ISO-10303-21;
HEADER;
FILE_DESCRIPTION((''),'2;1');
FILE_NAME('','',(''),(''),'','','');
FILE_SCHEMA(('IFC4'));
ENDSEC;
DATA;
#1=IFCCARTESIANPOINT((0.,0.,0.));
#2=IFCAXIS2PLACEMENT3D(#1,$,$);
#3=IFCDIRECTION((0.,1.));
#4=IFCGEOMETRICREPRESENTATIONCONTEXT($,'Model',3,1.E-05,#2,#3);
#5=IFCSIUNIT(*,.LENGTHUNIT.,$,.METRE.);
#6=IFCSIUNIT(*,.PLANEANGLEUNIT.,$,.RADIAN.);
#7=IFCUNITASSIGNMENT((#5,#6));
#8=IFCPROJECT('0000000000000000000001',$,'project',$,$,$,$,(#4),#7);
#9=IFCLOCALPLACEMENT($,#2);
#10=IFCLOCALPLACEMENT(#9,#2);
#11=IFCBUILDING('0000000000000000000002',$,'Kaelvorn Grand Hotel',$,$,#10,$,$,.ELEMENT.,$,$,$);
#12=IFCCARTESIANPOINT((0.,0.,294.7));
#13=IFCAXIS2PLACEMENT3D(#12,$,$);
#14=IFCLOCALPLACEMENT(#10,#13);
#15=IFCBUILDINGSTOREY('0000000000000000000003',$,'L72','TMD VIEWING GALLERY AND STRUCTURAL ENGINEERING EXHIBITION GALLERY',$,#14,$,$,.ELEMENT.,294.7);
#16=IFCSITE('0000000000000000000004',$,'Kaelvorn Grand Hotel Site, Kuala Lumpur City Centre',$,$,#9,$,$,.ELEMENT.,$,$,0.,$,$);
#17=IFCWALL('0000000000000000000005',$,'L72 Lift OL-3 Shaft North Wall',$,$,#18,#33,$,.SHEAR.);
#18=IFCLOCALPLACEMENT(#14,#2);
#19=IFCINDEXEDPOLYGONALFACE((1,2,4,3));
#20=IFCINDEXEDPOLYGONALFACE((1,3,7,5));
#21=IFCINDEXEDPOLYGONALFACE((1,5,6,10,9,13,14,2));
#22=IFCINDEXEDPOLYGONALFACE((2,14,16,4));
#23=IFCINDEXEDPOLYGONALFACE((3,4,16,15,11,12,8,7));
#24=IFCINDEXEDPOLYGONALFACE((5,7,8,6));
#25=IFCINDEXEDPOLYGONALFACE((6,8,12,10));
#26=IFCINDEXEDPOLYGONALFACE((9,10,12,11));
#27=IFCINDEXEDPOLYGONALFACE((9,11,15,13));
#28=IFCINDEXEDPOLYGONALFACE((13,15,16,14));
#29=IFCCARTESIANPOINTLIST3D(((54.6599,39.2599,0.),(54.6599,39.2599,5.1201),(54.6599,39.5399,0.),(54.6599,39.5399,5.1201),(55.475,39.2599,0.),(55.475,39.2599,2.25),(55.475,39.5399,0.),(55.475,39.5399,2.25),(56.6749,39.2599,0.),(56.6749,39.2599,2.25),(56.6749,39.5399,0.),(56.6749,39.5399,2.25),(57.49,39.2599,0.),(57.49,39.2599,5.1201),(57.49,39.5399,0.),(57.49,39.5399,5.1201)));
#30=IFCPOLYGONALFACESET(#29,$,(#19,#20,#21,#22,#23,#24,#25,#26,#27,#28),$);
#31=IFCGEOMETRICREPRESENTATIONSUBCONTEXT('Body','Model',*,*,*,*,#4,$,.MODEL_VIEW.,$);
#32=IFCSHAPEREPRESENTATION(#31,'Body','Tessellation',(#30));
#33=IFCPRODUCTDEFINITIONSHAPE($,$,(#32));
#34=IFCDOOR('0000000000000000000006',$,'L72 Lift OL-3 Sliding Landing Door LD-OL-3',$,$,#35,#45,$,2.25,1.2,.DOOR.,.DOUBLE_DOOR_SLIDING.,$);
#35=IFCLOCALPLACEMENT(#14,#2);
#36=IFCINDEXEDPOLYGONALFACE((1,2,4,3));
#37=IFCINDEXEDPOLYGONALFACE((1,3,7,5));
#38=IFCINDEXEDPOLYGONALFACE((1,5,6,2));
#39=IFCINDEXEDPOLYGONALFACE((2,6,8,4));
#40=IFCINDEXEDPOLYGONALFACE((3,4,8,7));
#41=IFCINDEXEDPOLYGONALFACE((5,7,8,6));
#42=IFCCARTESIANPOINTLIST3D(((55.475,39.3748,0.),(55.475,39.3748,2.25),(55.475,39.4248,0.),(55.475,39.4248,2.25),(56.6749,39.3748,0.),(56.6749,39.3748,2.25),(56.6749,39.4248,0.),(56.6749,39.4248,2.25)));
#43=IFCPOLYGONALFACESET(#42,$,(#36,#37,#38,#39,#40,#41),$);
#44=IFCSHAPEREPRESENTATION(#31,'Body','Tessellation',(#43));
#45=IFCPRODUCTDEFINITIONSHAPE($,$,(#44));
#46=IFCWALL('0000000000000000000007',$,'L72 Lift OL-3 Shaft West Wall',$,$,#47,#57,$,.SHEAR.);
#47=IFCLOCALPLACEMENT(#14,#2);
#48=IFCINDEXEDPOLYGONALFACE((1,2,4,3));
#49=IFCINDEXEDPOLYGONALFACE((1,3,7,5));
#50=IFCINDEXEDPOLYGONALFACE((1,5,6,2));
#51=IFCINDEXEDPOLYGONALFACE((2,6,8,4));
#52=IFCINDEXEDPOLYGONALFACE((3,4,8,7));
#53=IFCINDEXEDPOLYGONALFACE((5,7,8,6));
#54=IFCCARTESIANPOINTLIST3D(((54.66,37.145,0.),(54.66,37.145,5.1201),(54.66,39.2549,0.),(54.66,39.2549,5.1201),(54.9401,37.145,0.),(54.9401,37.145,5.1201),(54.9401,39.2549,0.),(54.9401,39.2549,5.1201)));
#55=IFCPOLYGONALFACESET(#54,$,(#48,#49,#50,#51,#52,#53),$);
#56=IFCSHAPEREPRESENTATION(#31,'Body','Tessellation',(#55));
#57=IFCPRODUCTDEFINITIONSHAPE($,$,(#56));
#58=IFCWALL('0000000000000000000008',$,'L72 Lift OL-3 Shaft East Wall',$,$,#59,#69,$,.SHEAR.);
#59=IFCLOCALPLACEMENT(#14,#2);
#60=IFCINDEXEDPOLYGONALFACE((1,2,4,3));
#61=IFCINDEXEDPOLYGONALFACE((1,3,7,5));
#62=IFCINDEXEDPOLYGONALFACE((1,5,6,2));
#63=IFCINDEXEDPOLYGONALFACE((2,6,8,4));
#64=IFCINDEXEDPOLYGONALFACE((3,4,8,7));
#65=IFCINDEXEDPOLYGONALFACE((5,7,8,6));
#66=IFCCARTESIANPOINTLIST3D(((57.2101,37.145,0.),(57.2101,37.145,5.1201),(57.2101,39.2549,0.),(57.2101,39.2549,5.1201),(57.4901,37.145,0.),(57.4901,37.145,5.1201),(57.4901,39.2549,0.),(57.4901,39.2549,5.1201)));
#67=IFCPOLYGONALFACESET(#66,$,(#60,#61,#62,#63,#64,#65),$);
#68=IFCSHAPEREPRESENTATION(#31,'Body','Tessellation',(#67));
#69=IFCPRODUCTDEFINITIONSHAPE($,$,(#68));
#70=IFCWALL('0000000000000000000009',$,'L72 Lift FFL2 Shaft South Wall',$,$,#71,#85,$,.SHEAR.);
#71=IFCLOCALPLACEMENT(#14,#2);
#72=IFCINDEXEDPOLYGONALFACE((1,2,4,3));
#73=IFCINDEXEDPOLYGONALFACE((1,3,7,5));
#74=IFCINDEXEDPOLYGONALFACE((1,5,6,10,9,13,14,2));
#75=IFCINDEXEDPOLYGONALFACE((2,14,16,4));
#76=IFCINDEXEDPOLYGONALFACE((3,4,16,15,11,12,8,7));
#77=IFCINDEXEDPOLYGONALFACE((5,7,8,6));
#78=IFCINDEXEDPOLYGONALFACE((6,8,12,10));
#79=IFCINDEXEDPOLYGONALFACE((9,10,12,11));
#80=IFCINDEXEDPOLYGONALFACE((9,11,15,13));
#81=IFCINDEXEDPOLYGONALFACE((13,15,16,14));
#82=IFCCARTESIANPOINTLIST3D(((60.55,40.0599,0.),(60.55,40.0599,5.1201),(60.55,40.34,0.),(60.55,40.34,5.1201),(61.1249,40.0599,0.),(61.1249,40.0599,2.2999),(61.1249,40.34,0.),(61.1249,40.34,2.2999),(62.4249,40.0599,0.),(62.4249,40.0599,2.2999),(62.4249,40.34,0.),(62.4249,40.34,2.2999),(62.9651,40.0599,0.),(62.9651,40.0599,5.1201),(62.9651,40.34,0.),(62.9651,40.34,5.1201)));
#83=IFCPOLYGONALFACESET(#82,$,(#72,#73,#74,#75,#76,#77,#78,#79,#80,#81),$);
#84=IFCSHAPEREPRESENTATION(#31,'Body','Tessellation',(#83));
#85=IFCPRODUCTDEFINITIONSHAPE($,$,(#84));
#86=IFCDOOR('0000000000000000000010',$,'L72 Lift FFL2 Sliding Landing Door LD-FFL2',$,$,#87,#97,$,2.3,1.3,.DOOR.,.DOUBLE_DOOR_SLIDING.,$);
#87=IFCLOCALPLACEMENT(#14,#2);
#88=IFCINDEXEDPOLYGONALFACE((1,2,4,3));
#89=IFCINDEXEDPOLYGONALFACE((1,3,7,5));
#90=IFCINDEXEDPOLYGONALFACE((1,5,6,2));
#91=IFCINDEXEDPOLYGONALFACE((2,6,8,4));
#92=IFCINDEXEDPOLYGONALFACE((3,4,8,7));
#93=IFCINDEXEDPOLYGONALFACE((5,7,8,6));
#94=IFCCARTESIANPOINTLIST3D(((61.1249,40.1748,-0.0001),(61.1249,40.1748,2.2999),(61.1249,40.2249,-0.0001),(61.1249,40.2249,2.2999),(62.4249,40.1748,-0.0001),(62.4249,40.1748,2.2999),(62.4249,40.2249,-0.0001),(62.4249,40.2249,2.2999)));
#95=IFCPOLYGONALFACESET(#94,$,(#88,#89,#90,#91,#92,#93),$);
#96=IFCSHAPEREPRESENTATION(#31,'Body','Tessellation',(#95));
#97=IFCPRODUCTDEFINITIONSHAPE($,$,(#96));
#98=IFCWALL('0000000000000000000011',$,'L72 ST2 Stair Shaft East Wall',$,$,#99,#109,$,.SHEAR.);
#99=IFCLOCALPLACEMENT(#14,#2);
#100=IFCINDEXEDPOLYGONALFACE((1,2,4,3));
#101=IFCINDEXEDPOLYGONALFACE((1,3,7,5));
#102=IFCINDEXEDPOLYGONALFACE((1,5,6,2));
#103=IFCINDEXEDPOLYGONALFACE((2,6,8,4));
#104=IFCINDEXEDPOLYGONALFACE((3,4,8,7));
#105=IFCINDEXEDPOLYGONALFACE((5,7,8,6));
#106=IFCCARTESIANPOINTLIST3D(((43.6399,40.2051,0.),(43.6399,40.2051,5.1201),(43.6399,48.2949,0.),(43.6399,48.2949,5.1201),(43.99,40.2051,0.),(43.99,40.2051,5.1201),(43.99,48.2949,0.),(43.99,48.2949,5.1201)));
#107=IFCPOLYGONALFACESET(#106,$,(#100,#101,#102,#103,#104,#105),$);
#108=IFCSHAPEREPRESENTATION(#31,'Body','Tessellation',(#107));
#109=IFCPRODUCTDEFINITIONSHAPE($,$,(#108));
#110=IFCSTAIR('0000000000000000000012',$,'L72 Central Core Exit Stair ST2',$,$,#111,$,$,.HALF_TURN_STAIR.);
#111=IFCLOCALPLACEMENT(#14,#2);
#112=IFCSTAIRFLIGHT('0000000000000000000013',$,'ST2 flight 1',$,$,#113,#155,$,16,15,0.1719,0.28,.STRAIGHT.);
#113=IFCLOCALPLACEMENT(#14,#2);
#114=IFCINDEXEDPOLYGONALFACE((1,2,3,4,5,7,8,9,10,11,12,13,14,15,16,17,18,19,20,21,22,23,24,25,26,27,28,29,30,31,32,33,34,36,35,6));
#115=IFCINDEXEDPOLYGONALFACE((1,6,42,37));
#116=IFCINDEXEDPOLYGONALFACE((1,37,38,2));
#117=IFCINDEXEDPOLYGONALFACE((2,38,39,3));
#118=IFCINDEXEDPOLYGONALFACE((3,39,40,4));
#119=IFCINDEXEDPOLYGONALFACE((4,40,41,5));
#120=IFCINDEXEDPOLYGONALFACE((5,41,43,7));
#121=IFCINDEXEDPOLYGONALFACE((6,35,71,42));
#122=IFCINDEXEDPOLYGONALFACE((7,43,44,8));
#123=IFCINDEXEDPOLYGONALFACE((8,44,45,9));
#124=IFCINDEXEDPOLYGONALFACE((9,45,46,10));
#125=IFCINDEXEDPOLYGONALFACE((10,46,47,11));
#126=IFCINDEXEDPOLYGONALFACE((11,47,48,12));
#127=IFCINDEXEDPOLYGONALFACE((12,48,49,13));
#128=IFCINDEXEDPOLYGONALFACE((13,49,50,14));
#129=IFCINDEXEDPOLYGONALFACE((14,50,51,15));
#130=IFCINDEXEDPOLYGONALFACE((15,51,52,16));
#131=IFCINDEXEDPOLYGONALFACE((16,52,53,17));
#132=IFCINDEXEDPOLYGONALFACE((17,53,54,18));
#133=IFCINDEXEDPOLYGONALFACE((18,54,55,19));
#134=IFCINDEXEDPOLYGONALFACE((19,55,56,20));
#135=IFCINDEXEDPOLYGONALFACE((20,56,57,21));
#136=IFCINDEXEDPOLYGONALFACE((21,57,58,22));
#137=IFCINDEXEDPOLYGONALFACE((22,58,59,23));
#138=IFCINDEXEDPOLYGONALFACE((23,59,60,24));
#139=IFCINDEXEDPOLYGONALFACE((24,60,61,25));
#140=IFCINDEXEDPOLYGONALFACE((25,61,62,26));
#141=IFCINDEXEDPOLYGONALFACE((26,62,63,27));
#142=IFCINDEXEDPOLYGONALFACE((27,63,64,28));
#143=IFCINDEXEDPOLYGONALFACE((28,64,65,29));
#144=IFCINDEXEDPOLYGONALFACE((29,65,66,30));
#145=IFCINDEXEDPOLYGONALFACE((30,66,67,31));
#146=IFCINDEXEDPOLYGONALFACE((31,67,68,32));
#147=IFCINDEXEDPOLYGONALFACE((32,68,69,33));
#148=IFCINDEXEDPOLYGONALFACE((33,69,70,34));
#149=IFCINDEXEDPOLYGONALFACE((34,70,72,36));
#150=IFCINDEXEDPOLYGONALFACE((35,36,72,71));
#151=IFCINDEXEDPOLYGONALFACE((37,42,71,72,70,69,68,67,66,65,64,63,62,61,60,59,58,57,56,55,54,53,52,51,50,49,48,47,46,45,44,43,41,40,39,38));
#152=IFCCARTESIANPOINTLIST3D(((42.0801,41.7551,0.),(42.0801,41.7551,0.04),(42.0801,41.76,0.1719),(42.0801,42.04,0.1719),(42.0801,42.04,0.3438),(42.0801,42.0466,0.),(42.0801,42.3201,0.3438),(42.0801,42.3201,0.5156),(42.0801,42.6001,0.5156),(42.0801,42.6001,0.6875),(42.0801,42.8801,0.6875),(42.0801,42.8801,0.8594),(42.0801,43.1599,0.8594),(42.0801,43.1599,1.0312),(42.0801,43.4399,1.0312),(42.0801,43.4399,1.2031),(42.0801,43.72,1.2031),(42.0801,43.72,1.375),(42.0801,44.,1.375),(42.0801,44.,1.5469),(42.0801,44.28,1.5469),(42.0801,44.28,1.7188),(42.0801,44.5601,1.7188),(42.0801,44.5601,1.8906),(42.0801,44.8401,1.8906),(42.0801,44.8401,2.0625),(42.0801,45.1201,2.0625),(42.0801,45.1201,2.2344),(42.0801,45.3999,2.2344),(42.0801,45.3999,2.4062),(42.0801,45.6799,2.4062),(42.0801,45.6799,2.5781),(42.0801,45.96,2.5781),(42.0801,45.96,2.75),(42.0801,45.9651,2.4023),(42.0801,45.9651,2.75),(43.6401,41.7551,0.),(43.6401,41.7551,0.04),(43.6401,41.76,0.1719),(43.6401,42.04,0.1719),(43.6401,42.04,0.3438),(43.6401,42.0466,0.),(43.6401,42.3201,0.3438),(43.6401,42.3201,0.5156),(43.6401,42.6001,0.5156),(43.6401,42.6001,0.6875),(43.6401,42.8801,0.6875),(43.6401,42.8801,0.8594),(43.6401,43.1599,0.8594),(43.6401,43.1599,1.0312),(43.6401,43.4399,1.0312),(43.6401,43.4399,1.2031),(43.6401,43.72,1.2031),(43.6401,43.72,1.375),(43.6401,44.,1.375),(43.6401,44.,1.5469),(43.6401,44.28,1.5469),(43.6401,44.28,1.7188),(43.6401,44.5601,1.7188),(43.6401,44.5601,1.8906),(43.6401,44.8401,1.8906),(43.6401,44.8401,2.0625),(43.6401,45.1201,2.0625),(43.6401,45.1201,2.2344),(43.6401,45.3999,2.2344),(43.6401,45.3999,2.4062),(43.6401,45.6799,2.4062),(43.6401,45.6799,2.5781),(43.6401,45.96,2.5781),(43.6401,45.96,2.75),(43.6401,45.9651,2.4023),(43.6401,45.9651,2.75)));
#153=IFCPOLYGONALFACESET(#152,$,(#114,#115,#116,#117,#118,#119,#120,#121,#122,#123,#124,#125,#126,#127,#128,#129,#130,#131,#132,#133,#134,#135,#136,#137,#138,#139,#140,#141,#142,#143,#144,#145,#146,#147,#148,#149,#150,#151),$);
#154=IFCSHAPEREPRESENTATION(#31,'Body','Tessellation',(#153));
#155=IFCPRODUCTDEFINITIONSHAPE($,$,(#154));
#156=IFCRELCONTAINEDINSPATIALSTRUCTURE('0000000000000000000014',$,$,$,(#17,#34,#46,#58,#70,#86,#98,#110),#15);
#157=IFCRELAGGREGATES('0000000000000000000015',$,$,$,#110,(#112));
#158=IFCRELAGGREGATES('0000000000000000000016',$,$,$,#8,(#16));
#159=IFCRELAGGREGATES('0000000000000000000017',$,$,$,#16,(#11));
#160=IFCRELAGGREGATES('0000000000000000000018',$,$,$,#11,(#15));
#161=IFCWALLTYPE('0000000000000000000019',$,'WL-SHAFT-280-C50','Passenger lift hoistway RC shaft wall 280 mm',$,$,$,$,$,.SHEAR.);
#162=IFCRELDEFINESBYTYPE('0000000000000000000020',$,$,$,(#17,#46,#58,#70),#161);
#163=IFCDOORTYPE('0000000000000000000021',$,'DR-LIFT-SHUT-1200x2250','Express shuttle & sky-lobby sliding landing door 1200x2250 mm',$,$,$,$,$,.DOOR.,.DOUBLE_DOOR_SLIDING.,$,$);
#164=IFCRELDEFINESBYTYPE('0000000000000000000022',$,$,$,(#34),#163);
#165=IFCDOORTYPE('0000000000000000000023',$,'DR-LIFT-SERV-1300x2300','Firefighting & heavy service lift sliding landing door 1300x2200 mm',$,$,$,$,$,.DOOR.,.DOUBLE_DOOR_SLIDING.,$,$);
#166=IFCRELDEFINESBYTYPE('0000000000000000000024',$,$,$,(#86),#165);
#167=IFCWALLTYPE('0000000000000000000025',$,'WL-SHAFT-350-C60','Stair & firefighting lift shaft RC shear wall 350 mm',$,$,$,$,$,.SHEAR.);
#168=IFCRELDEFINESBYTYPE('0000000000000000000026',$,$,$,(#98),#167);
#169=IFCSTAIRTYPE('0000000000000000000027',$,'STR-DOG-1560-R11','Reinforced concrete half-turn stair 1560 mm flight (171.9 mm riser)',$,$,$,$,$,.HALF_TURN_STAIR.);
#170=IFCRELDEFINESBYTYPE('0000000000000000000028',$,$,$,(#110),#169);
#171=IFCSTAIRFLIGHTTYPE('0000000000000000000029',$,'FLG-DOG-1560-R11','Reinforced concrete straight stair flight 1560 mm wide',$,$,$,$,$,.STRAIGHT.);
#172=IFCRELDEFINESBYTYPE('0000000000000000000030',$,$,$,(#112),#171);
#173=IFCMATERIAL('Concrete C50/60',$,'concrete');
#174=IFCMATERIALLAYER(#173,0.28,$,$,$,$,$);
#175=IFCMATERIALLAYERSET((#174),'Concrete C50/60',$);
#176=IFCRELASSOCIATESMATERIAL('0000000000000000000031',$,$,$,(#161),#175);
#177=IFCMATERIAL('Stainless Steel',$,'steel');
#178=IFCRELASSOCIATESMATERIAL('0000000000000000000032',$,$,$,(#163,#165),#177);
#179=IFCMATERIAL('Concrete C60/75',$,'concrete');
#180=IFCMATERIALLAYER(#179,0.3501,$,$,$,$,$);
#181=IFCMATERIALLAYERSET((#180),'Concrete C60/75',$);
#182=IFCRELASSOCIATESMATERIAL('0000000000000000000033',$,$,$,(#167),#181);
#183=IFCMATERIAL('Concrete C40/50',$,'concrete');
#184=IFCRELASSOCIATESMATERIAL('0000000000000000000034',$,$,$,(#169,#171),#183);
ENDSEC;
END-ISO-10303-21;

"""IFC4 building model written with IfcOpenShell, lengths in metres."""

from ifc_helpers import new_model, si_unit, direction, frame, frame_2d, origin, place, context, subcontext, project, spatial, polyline, rectangle, outline, extrude, material, layer, layer_set, type_object, element, fill, aggregate, save


model = new_model("IFC4")

# Units and contexts
model_context = context("Model", 3, precision=1e-05, world=origin(), true_north=direction((0.0, 1.0)))
body_context = subcontext(model_context, "Body", "Model", "MODEL_VIEW")
ifc_project = project(units=[si_unit("LENGTHUNIT", "METRE"), si_unit("PLANEANGLEUNIT", "RADIAN")], contexts=[model_context])

# Site, building, storey
site_placement = place(None, origin())
site = spatial("IfcSite", under=ifc_project, at=site_placement, Name="Kaelvorn Grand Hotel Site, Kuala Lumpur City Centre", CompositionType="ELEMENT", RefElevation=0.0)
building_placement = place(site_placement, origin())
building = spatial("IfcBuilding", under=site, at=building_placement, Name="Kaelvorn Grand Hotel", CompositionType="ELEMENT")
storey_placement = place(building_placement, frame((0.0, 0.0, 294.7)))
storey = spatial("IfcBuildingStorey", under=building, at=storey_placement, Name="L72", Description="TMD VIEWING GALLERY AND STRUCTURAL ENGINEERING EXHIBITION GALLERY", CompositionType="ELEMENT", Elevation=294.7)

# Shared definitions
ifc_material_1 = material(Name="Concrete C50/60", Category="concrete")

# Shared definitions
ifc_material_2 = material(Name="Concrete C40/50", Category="concrete")

# Wall, opening, door
ifc_layer_1 = layer(ifc_material_1, 0.28)
ifc_layer_set_1 = layer_set([ifc_layer_1], Name="Concrete C50/60")
wall_type_1 = type_object("IfcWallType", Name="WL-SHAFT-280-C50", Description="Passenger lift hoistway RC shaft wall 280 mm", PredefinedType="SHEAR", material=ifc_layer_set_1)
wall_1_placement = place(storey_placement, frame((54.6599, 39.3999, 0.0), z_axis=(0.0, 0.0, 1.0), x_axis=(1.0, 0.0, 0.0)))
wall_1 = element("IfcWall", 1, at=wall_1_placement, inside=storey, type_object=wall_type_1, Name="L72 Lift OL-3 Shaft North Wall", PredefinedType="SHEAR", context=body_context, shape_type="SweptSolid", body=[
    extrude(rectangle(XDim=2.8301, YDim=0.28, at=frame_2d((1.415, 0.0))), origin(), (0.0, 0.0, 1.0), 5.1201),
])
opening_1_placement = place(wall_1_placement, frame((0.8149, 0.0, 0.0)))
opening_1 = element("IfcOpeningElement", 2, at=opening_1_placement, cuts=wall_1, PredefinedType="OPENING", context=body_context, shape_type="SweptSolid", body=[
    extrude(rectangle(XDim=1.2, YDim=2.25, at=frame_2d((0.6001, 1.125))), frame((0.0, 0.1499, 0.0), z_axis=(0.0, -1.0, 0.0), x_axis=(1.0, 0.0, 0.0)), (0.0, 0.0, 1.0), 0.3),
])
ifc_material_3 = material(Name="Stainless Steel", Category="steel")
door_type_1 = type_object("IfcDoorType", Name="DR-LIFT-SHUT-1200x2250", Description="Express shuttle & sky-lobby sliding landing door 1200x2250 mm", OperationType="DOUBLE_DOOR_SLIDING", PredefinedType="DOOR", material=ifc_material_3)
door_1_placement = place(opening_1_placement, origin())
door_1 = element("IfcDoor", 3, at=door_1_placement, inside=storey, type_object=door_type_1, Name="L72 Lift OL-3 Sliding Landing Door LD-OL-3", OperationType="DOUBLE_DOOR_SLIDING", OverallHeight=2.25, OverallWidth=1.2, PredefinedType="DOOR", context=body_context, shape_type="SweptSolid", body=[
    extrude(rectangle(XDim=1.2, YDim=2.25, at=frame_2d((0.6001, 1.125))), frame((0.0, 0.0249, 0.0), z_axis=(0.0, -1.0, 0.0), x_axis=(1.0, 0.0, 0.0)), (0.0, 0.0, 1.0), 0.05),
])
fill(opening_1, door_1)

# Walls
for number, where, z_axis, x_axis, name in (
    (4, (54.8, 37.145, 0.0), (0.0, 0.0, 1.0), (0.0, 1.0, 0.0), "L72 Lift OL-3 Shaft West Wall"),
    (5, (57.3501, 37.145, 0.0), (0.0, 0.0, 1.0), (0.0, 1.0, 0.0), "L72 Lift OL-3 Shaft East Wall"),
):
    element("IfcWall", number, at=place(storey_placement, frame(where, z_axis=z_axis, x_axis=x_axis)), inside=storey, type_object=wall_type_1, Name=name, PredefinedType="SHEAR", context=body_context, shape_type="SweptSolid", body=[
        extrude(rectangle(XDim=2.1099, YDim=0.28, at=frame_2d((1.0549, 0.0))), origin(), (0.0, 0.0, 1.0), 5.1201),
    ])

# Wall, opening, door
wall_2_placement = place(storey_placement, frame((60.55, 40.2, 0.0), z_axis=(0.0, 0.0, 1.0), x_axis=(1.0, 0.0, 0.0)))
wall_2 = element("IfcWall", 6, at=wall_2_placement, inside=storey, type_object=wall_type_1, Name="L72 Lift FFL2 Shaft South Wall", PredefinedType="SHEAR", context=body_context, shape_type="SweptSolid", body=[
    extrude(rectangle(XDim=2.415, YDim=0.28, at=frame_2d((1.2075, 0.0))), origin(), (0.0, 0.0, 1.0), 5.1201),
])
opening_2_placement = place(wall_2_placement, frame((0.575, 0.0, 0.0)))
opening_2 = element("IfcOpeningElement", 7, at=opening_2_placement, cuts=wall_2, PredefinedType="OPENING", context=body_context, shape_type="SweptSolid", body=[
    extrude(rectangle(XDim=1.3, YDim=2.3, at=frame_2d((0.6499, 1.1499))), frame((0.0, 0.1499, 0.0), z_axis=(0.0, -1.0, 0.0), x_axis=(1.0, 0.0, 0.0)), (0.0, 0.0, 1.0), 0.3),
])
door_type_2 = type_object("IfcDoorType", Name="DR-LIFT-SERV-1300x2300", Description="Firefighting & heavy service lift sliding landing door 1300x2200 mm", OperationType="DOUBLE_DOOR_SLIDING", PredefinedType="DOOR", material=ifc_material_3)
door_2_placement = place(opening_2_placement, origin())
door_2 = element("IfcDoor", 8, at=door_2_placement, inside=storey, type_object=door_type_2, Name="L72 Lift FFL2 Sliding Landing Door LD-FFL2", OperationType="DOUBLE_DOOR_SLIDING", OverallHeight=2.3, OverallWidth=1.3, PredefinedType="DOOR", context=body_context, shape_type="SweptSolid", body=[
    extrude(rectangle(XDim=1.3, YDim=2.3, at=frame_2d((0.6499, 1.1499))), frame((0.0, 0.0249, 0.0), z_axis=(0.0, -1.0, 0.0), x_axis=(1.0, 0.0, 0.0)), (0.0, 0.0, 1.0), 0.05),
])
fill(opening_2, door_2)

# Wall
ifc_material_4 = material(Name="Concrete C60/75", Category="concrete")
ifc_layer_2 = layer(ifc_material_4, 0.3501)
ifc_layer_set_2 = layer_set([ifc_layer_2], Name="Concrete C60/75")
wall_type_2 = type_object("IfcWallType", Name="WL-SHAFT-350-C60", Description="Stair & firefighting lift shaft RC shear wall 350 mm", PredefinedType="SHEAR", material=ifc_layer_set_2)
wall_3_placement = place(storey_placement, frame((43.8149, 40.2051, 0.0), z_axis=(0.0, 0.0, 1.0), x_axis=(0.0, 1.0, 0.0)))
element("IfcWall", 9, at=wall_3_placement, inside=storey, type_object=wall_type_2, Name="L72 ST2 Stair Shaft East Wall", PredefinedType="SHEAR", context=body_context, shape_type="SweptSolid", body=[
    extrude(rectangle(XDim=8.0898, YDim=0.3501, at=frame_2d((4.0449, 0.0))), origin(), (0.0, 0.0, 1.0), 5.1201),
])

# Stair, stair flight
stair_type = type_object("IfcStairType", Name="STR-DOG-1560-R11", Description="Reinforced concrete half-turn stair 1560 mm flight (171.9 mm riser)", PredefinedType="HALF_TURN_STAIR", material=ifc_material_2)
stair_placement = place(storey_placement, origin())
stair = element("IfcStair", 10, at=stair_placement, inside=storey, type_object=stair_type, Name="L72 Central Core Exit Stair ST2", PredefinedType="HALF_TURN_STAIR")
stair_flight_type = type_object("IfcStairFlightType", Name="FLG-DOG-1560-R11", Description="Reinforced concrete straight stair flight 1560 mm wide", PredefinedType="STRAIGHT", material=ifc_material_2)
stair_flight_placement = place(storey_placement, frame((42.8601, 41.76, 0.0), z_axis=(0.0, 0.0, 1.0), x_axis=(0.0, 1.0, 0.0)))
stair_flight = element("IfcStairFlight", 11, at=stair_flight_placement, type_object=stair_flight_type, Name="ST2 flight 1", NumberOfRisers=16, NumberOfTreads=15, PredefinedType="STRAIGHT", RiserHeight=0.1719, TreadLength=0.28, context=body_context, shape_type="SweptSolid", body=[
    extrude(outline(polyline([(-0.0049, 0.0), (-0.0049, 0.04), (0.0, 0.1719), (0.28, 0.1719), (0.28, 0.3438), (0.5601, 0.3438), (0.5601, 0.5156), (0.8401, 0.5156), (0.8401, 0.6875), (1.1201, 0.6875), (1.1201, 0.8594), (1.3999, 0.8594), (1.3999, 1.0312), (1.6799, 1.0312), (1.6799, 1.2031), (1.96, 1.2031), (1.96, 1.375), (2.24, 1.375), (2.24, 1.5469), (2.52, 1.5469), (2.52, 1.7188), (2.8, 1.7188), (2.8, 1.8906), (3.0801, 1.8906), (3.0801, 2.0625), (3.3601, 2.0625), (3.3601, 2.2344), (3.6399, 2.2344), (3.6399, 2.4062), (3.9199, 2.4062), (3.9199, 2.5781), (4.2, 2.5781), (4.2, 2.75), (4.2051, 2.75), (4.2051, 2.4023), (0.2866, 0.0), (-0.0049, 0.0)])), frame((0.0, 0.78, 0.0), z_axis=(0.0, -1.0, 0.0), x_axis=(1.0, 0.0, 0.0)), (0.0, 0.0, 1.0), 1.5601),
])
aggregate(stair, [stair_flight])

save(model, "model.ifc")
